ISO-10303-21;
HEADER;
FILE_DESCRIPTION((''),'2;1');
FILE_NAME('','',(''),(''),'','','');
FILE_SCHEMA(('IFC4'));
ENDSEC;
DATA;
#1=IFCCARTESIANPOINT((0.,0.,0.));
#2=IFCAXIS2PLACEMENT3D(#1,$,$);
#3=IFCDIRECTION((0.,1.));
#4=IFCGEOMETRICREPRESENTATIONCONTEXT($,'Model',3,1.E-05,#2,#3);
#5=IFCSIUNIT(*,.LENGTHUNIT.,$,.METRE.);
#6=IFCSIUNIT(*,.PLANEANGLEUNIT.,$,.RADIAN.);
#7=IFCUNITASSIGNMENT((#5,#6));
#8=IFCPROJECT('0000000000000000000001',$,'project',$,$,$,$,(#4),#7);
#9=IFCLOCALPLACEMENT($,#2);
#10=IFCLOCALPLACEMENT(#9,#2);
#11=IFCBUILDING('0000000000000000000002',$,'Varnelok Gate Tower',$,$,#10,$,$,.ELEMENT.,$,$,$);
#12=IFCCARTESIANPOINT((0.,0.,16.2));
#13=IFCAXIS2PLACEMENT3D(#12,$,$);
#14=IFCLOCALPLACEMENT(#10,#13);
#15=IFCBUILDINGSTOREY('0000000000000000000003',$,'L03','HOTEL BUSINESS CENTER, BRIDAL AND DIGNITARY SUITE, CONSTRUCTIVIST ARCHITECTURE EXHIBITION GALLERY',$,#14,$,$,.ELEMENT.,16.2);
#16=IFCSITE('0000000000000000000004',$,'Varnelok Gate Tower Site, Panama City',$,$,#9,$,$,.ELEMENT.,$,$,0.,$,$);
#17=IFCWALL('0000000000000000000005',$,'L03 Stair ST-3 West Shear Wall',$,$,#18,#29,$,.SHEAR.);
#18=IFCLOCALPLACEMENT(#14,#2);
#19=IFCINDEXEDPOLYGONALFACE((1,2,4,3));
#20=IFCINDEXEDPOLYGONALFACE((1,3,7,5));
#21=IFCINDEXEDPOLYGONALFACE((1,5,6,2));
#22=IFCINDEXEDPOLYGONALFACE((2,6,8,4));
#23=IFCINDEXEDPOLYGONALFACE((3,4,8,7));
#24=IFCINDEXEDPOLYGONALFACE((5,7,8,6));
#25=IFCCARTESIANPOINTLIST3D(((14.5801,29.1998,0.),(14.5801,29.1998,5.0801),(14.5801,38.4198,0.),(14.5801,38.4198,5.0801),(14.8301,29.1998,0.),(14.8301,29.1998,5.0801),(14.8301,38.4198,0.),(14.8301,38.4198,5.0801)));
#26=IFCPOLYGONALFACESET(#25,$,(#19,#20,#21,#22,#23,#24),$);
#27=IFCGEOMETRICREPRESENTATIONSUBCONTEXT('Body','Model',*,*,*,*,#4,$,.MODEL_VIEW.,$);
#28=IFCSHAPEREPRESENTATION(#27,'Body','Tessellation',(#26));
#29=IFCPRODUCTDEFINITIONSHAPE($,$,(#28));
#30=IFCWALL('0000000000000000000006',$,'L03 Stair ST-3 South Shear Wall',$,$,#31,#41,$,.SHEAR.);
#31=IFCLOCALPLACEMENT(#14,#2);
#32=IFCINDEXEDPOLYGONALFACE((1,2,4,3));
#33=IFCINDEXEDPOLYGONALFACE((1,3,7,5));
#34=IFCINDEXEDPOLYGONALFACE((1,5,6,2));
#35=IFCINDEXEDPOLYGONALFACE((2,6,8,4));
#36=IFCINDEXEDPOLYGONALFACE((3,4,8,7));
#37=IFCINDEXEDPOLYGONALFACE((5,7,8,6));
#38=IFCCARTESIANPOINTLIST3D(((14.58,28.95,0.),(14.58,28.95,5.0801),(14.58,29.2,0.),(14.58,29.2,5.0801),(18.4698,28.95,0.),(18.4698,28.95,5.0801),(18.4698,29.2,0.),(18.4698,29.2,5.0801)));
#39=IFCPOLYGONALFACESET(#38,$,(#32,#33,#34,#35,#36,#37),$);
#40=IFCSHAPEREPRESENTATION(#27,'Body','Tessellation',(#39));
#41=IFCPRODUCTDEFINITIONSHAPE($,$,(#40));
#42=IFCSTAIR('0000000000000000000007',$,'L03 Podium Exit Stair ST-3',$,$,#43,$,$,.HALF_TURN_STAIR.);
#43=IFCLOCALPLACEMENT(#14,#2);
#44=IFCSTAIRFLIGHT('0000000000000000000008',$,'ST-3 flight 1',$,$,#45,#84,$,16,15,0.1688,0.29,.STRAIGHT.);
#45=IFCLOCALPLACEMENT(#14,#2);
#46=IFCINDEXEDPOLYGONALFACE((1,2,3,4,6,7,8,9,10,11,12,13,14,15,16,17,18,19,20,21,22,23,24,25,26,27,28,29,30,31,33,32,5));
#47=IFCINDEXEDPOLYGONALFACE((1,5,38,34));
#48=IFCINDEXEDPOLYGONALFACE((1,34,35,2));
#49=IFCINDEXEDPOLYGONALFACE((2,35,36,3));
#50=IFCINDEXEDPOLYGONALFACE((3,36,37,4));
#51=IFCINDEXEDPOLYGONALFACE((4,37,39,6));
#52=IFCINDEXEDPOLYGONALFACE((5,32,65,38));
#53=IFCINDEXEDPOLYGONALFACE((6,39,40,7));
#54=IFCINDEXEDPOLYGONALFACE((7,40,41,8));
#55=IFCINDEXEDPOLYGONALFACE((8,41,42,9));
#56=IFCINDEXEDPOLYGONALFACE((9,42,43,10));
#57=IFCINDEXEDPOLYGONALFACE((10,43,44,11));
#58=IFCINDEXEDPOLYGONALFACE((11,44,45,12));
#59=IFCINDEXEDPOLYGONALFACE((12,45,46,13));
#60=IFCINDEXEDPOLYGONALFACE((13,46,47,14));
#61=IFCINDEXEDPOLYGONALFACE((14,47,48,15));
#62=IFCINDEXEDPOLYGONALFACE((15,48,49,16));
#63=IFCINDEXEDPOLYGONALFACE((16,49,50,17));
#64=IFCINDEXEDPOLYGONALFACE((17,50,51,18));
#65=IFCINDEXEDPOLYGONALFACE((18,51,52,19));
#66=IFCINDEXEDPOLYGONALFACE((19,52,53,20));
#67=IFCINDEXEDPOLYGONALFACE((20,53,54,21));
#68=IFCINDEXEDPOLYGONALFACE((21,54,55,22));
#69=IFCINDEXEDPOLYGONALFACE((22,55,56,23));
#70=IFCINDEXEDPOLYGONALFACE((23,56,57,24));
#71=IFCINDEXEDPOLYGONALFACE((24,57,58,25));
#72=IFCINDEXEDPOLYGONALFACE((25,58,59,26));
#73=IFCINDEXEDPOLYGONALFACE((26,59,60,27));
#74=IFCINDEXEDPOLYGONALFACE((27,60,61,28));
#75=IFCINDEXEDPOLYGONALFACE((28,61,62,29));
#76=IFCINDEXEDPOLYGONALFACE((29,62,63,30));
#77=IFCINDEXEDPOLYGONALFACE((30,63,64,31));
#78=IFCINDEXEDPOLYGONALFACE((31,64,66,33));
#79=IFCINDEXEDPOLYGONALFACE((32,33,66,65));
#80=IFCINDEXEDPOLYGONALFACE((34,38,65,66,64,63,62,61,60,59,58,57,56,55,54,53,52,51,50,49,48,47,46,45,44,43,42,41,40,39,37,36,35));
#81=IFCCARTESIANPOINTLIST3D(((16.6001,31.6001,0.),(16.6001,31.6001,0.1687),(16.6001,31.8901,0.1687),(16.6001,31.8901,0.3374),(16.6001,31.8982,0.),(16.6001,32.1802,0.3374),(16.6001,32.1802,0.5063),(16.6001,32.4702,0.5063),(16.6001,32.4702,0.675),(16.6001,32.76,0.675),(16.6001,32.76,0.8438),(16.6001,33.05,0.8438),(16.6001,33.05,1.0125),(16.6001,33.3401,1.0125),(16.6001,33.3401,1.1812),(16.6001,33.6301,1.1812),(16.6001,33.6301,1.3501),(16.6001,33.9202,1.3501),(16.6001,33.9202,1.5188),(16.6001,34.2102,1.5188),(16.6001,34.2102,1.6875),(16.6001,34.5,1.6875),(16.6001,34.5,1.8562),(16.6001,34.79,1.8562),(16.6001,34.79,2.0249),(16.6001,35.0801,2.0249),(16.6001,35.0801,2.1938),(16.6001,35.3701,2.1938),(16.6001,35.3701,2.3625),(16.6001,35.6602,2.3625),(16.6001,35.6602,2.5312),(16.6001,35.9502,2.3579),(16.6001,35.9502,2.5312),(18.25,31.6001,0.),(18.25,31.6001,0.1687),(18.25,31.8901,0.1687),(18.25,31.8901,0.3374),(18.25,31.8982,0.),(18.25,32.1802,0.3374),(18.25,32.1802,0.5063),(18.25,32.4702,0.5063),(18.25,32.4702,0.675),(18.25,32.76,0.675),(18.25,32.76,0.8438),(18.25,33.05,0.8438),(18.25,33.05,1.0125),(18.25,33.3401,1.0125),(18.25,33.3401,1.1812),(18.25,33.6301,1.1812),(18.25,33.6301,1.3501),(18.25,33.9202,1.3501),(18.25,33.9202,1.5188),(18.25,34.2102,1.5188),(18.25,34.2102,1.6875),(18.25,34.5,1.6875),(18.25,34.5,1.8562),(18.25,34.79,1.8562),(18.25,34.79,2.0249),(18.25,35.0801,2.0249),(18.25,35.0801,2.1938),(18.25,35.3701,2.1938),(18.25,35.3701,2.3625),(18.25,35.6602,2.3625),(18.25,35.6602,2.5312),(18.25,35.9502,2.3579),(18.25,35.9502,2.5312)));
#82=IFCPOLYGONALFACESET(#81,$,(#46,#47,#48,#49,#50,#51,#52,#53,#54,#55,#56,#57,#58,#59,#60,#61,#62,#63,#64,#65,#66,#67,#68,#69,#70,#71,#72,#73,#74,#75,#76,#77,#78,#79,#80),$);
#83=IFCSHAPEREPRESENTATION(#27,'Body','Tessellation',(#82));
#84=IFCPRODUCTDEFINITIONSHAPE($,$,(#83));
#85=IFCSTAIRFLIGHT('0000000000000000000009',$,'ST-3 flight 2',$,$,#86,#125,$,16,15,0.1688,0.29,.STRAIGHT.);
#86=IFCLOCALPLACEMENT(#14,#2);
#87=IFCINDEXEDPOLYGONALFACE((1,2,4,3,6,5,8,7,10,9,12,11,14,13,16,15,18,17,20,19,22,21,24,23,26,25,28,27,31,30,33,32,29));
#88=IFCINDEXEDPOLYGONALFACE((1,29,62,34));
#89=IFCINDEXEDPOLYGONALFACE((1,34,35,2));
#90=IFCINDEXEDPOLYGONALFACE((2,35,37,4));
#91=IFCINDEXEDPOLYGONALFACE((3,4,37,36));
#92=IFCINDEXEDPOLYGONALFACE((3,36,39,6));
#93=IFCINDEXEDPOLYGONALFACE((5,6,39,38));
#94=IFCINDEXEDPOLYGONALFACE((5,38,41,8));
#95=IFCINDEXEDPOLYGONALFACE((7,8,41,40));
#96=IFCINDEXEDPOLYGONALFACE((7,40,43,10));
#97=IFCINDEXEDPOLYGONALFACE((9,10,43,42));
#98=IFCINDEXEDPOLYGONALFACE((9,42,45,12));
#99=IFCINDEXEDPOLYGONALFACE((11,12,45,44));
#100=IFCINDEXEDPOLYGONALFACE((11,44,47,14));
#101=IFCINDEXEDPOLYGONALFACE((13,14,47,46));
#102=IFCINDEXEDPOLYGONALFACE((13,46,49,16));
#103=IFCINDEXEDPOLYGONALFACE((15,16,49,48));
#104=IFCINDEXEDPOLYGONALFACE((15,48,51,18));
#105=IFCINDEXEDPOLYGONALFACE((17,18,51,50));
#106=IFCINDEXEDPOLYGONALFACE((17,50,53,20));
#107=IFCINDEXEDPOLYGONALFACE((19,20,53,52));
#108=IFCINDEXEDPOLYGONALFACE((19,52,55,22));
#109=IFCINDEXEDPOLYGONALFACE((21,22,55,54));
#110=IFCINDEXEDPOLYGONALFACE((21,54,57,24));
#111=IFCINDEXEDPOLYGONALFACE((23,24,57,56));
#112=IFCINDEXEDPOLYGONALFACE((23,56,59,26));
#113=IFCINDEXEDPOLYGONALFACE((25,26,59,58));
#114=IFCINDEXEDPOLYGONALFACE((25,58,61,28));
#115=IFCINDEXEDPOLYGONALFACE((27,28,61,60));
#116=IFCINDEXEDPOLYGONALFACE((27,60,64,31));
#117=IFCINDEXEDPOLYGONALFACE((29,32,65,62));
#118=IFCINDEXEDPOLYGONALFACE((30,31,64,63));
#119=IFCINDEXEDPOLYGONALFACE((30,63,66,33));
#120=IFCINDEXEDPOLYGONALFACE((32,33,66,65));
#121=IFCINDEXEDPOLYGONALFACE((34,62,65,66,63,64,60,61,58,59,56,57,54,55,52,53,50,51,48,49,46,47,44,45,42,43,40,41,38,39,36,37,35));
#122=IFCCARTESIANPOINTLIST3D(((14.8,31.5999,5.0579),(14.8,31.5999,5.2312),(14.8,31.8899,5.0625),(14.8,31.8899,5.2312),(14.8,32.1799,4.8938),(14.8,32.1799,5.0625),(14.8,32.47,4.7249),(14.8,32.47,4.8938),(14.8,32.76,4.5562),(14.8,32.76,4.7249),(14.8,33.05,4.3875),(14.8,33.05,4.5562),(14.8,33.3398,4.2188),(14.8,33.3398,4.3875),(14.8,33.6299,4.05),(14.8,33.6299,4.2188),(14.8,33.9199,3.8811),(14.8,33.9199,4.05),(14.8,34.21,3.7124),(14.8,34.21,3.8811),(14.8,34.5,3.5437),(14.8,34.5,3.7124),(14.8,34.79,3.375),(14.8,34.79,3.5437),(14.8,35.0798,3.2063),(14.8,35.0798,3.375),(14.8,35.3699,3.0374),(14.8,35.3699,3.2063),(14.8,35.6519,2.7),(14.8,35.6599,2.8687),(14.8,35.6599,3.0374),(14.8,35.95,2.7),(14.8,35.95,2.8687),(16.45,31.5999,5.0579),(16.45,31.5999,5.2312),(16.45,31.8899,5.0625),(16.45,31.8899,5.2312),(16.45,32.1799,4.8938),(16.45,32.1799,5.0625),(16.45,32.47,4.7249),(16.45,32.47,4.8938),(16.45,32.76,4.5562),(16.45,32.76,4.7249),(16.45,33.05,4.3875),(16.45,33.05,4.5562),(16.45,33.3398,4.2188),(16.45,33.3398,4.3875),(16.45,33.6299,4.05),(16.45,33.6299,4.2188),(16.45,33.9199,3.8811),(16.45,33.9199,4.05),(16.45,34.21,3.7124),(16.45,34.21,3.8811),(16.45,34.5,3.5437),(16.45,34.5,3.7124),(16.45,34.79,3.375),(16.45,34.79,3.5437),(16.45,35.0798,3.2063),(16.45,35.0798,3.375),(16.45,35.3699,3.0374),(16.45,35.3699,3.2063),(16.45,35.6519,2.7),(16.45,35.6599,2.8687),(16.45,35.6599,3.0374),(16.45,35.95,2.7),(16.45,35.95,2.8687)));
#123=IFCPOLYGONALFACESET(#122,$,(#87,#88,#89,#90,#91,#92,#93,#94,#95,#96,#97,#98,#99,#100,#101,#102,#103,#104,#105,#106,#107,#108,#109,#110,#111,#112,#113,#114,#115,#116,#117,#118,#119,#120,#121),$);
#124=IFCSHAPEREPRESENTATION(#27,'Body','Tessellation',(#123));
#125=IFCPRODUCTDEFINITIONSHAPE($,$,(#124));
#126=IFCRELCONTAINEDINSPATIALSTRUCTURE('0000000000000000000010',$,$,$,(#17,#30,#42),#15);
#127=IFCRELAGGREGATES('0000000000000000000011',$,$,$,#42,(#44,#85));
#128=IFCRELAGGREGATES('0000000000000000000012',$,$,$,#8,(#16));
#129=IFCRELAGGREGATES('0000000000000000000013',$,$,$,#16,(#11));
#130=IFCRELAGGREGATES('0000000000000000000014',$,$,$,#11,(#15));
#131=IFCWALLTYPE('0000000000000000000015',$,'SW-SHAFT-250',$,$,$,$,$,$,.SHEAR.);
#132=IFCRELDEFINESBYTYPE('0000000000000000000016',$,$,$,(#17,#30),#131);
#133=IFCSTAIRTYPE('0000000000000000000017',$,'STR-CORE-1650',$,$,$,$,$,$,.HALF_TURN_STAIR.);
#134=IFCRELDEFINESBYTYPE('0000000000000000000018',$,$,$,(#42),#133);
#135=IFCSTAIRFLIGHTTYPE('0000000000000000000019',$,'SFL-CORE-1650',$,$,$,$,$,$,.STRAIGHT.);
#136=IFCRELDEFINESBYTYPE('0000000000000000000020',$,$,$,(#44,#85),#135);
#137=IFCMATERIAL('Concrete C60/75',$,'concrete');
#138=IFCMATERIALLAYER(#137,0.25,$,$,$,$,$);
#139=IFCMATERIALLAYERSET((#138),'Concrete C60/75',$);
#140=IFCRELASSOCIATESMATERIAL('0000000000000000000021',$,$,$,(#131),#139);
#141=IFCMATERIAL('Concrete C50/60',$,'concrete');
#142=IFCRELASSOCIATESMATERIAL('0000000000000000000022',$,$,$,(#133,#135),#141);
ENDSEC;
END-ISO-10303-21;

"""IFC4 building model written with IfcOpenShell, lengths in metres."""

from ifc_helpers import new_model, si_unit, direction, frame, frame_2d, origin, place, context, subcontext, project, spatial, polyline, rectangle, outline, extrude, material, layer, layer_set, type_object, element, aggregate, save


model = new_model("IFC4")

# Units and contexts
model_context = context("Model", 3, precision=1e-05, world=origin(), true_north=direction((0.0, 1.0)))
body_context = subcontext(model_context, "Body", "Model", "MODEL_VIEW")
ifc_project = project(units=[si_unit("LENGTHUNIT", "METRE"), si_unit("PLANEANGLEUNIT", "RADIAN")], contexts=[model_context])

# Site, building, storey
site_placement = place(None, origin())
site = spatial("IfcSite", under=ifc_project, at=site_placement, Name="Varnelok Gate Tower Site, Panama City", CompositionType="ELEMENT", RefElevation=0.0)
building_placement = place(site_placement, origin())
building = spatial("IfcBuilding", under=site, at=building_placement, Name="Varnelok Gate Tower", CompositionType="ELEMENT")
storey_placement = place(building_placement, frame((0.0, 0.0, 16.2)))
storey = spatial("IfcBuildingStorey", under=building, at=storey_placement, Name="L03", Description="HOTEL BUSINESS CENTER, BRIDAL AND DIGNITARY SUITE, CONSTRUCTIVIST ARCHITECTURE EXHIBITION GALLERY", CompositionType="ELEMENT", Elevation=16.2)

# Walls
ifc_material_1 = material(Name="Concrete C60/75", Category="concrete")
ifc_layer_1 = layer(ifc_material_1, 0.25)
ifc_layer_set_1 = layer_set([ifc_layer_1], Name="Concrete C60/75")
wall_type_1 = type_object("IfcWallType", Name="SW-SHAFT-250", PredefinedType="SHEAR", material=ifc_layer_set_1)
wall_1_placement = place(storey_placement, frame((14.7051, 29.2, 0.0), z_axis=(0.0, 0.0, 1.0), x_axis=(0.0, 1.0, 0.0)))
element("IfcWall", 1, at=wall_1_placement, inside=storey, type_object=wall_type_1, Name="L03 Stair ST-3 West Shear Wall", PredefinedType="SHEAR", context=body_context, shape_type="SweptSolid", body=[
    extrude(rectangle(XDim=9.22, YDim=0.25, at=frame_2d((4.6099, 0.0))), origin(), (0.0, 0.0, 1.0), 5.0801),
])
wall_2_placement = place(storey_placement, frame((14.5801, 29.075, 0.0), z_axis=(0.0, 0.0, 1.0), x_axis=(1.0, 0.0, 0.0)))
element("IfcWall", 2, at=wall_2_placement, inside=storey, type_object=wall_type_1, Name="L03 Stair ST-3 South Shear Wall", PredefinedType="SHEAR", context=body_context, shape_type="SweptSolid", body=[
    extrude(rectangle(XDim=3.8899, YDim=0.25, at=frame_2d((1.9448, 0.0))), origin(), (0.0, 0.0, 1.0), 5.0801),
])

# Stair, stair flights
ifc_material_2 = material(Name="Concrete C50/60", Category="concrete")
stair_type = type_object("IfcStairType", Name="STR-CORE-1650", PredefinedType="HALF_TURN_STAIR", material=ifc_material_2)
stair_placement = place(storey_placement, origin())
stair = element("IfcStair", 3, at=stair_placement, inside=storey, type_object=stair_type, Name="L03 Podium Exit Stair ST-3", PredefinedType="HALF_TURN_STAIR")
stair_flight_type = type_object("IfcStairFlightType", Name="SFL-CORE-1650", PredefinedType="STRAIGHT", material=ifc_material_2)
stair_flight_1_placement = place(storey_placement, frame((17.425, 31.6001, 0.0), z_axis=(0.0, 0.0, 1.0), x_axis=(0.0, 1.0, 0.0)))
stair_flight_1 = element("IfcStairFlight", 4, at=stair_flight_1_placement, type_object=stair_flight_type, Name="ST-3 flight 1", NumberOfRisers=16, NumberOfTreads=15, PredefinedType="STRAIGHT", RiserHeight=0.1688, TreadLength=0.29, context=body_context, shape_type="SweptSolid", body=[
    extrude(outline(polyline([(0.0, 0.0), (0.0, 0.1687), (0.29, 0.1687), (0.29, 0.3374), (0.5801, 0.3374), (0.5801, 0.5063), (0.8701, 0.5063), (0.8701, 0.675), (1.1599, 0.675), (1.1599, 0.8438), (1.45, 0.8438), (1.45, 1.0125), (1.74, 1.0125), (1.74, 1.1812), (2.03, 1.1812), (2.03, 1.3501), (2.3201, 1.3501), (2.3201, 1.5188), (2.6101, 1.5188), (2.6101, 1.6875), (2.8999, 1.6875), (2.8999, 1.8562), (3.1899, 1.8562), (3.1899, 2.0249), (3.48, 2.0249), (3.48, 2.1938), (3.77, 2.1938), (3.77, 2.3625), (4.0601, 2.3625), (4.0601, 2.5312), (4.3501, 2.5312), (4.3501, 2.7), (4.3501, 2.3579), (0.2981, 0.0), (0.0, 0.0)])), frame((0.0, 0.825, 0.0), z_axis=(0.0, -1.0, 0.0), x_axis=(1.0, 0.0, 0.0)), (0.0, 0.0, 1.0), 1.6499),
])
stair_flight_2_placement = place(storey_placement, frame((15.625, 35.95, 2.7), z_axis=(0.0, 0.0, 1.0), x_axis=(0.0, -1.0, 0.0)))
stair_flight_2 = element("IfcStairFlight", 5, at=stair_flight_2_placement, type_object=stair_flight_type, Name="ST-3 flight 2", NumberOfRisers=16, NumberOfTreads=15, PredefinedType="STRAIGHT", RiserHeight=0.1688, TreadLength=0.29, context=body_context, shape_type="SweptSolid", body=[
    extrude(outline(polyline([(0.0, 0.0), (0.0, 0.1687), (0.29, 0.1687), (0.29, 0.3374), (0.5801, 0.3374), (0.5801, 0.5063), (0.8701, 0.5063), (0.8701, 0.675), (1.1599, 0.675), (1.1599, 0.8438), (1.45, 0.8438), (1.45, 1.0125), (1.74, 1.0125), (1.74, 1.1812), (2.03, 1.1812), (2.03, 1.3501), (2.3201, 1.3501), (2.3201, 1.5188), (2.6101, 1.5188), (2.6101, 1.6875), (2.8999, 1.6875), (2.8999, 1.8562), (3.1899, 1.8562), (3.1899, 2.0249), (3.48, 2.0249), (3.48, 2.1938), (3.77, 2.1938), (3.77, 2.3625), (4.0601, 2.3625), (4.0601, 2.5312), (4.3501, 2.5312), (4.3501, 2.7), (4.3501, 2.3579), (0.2981, 0.0), (0.0, 0.0)])), frame((0.0, 0.825, 0.0), z_axis=(0.0, -1.0, 0.0), x_axis=(1.0, 0.0, 0.0)), (0.0, 0.0, 1.0), 1.6499),
])
aggregate(stair, [stair_flight_1, stair_flight_2])

save(model, "model.ifc")
